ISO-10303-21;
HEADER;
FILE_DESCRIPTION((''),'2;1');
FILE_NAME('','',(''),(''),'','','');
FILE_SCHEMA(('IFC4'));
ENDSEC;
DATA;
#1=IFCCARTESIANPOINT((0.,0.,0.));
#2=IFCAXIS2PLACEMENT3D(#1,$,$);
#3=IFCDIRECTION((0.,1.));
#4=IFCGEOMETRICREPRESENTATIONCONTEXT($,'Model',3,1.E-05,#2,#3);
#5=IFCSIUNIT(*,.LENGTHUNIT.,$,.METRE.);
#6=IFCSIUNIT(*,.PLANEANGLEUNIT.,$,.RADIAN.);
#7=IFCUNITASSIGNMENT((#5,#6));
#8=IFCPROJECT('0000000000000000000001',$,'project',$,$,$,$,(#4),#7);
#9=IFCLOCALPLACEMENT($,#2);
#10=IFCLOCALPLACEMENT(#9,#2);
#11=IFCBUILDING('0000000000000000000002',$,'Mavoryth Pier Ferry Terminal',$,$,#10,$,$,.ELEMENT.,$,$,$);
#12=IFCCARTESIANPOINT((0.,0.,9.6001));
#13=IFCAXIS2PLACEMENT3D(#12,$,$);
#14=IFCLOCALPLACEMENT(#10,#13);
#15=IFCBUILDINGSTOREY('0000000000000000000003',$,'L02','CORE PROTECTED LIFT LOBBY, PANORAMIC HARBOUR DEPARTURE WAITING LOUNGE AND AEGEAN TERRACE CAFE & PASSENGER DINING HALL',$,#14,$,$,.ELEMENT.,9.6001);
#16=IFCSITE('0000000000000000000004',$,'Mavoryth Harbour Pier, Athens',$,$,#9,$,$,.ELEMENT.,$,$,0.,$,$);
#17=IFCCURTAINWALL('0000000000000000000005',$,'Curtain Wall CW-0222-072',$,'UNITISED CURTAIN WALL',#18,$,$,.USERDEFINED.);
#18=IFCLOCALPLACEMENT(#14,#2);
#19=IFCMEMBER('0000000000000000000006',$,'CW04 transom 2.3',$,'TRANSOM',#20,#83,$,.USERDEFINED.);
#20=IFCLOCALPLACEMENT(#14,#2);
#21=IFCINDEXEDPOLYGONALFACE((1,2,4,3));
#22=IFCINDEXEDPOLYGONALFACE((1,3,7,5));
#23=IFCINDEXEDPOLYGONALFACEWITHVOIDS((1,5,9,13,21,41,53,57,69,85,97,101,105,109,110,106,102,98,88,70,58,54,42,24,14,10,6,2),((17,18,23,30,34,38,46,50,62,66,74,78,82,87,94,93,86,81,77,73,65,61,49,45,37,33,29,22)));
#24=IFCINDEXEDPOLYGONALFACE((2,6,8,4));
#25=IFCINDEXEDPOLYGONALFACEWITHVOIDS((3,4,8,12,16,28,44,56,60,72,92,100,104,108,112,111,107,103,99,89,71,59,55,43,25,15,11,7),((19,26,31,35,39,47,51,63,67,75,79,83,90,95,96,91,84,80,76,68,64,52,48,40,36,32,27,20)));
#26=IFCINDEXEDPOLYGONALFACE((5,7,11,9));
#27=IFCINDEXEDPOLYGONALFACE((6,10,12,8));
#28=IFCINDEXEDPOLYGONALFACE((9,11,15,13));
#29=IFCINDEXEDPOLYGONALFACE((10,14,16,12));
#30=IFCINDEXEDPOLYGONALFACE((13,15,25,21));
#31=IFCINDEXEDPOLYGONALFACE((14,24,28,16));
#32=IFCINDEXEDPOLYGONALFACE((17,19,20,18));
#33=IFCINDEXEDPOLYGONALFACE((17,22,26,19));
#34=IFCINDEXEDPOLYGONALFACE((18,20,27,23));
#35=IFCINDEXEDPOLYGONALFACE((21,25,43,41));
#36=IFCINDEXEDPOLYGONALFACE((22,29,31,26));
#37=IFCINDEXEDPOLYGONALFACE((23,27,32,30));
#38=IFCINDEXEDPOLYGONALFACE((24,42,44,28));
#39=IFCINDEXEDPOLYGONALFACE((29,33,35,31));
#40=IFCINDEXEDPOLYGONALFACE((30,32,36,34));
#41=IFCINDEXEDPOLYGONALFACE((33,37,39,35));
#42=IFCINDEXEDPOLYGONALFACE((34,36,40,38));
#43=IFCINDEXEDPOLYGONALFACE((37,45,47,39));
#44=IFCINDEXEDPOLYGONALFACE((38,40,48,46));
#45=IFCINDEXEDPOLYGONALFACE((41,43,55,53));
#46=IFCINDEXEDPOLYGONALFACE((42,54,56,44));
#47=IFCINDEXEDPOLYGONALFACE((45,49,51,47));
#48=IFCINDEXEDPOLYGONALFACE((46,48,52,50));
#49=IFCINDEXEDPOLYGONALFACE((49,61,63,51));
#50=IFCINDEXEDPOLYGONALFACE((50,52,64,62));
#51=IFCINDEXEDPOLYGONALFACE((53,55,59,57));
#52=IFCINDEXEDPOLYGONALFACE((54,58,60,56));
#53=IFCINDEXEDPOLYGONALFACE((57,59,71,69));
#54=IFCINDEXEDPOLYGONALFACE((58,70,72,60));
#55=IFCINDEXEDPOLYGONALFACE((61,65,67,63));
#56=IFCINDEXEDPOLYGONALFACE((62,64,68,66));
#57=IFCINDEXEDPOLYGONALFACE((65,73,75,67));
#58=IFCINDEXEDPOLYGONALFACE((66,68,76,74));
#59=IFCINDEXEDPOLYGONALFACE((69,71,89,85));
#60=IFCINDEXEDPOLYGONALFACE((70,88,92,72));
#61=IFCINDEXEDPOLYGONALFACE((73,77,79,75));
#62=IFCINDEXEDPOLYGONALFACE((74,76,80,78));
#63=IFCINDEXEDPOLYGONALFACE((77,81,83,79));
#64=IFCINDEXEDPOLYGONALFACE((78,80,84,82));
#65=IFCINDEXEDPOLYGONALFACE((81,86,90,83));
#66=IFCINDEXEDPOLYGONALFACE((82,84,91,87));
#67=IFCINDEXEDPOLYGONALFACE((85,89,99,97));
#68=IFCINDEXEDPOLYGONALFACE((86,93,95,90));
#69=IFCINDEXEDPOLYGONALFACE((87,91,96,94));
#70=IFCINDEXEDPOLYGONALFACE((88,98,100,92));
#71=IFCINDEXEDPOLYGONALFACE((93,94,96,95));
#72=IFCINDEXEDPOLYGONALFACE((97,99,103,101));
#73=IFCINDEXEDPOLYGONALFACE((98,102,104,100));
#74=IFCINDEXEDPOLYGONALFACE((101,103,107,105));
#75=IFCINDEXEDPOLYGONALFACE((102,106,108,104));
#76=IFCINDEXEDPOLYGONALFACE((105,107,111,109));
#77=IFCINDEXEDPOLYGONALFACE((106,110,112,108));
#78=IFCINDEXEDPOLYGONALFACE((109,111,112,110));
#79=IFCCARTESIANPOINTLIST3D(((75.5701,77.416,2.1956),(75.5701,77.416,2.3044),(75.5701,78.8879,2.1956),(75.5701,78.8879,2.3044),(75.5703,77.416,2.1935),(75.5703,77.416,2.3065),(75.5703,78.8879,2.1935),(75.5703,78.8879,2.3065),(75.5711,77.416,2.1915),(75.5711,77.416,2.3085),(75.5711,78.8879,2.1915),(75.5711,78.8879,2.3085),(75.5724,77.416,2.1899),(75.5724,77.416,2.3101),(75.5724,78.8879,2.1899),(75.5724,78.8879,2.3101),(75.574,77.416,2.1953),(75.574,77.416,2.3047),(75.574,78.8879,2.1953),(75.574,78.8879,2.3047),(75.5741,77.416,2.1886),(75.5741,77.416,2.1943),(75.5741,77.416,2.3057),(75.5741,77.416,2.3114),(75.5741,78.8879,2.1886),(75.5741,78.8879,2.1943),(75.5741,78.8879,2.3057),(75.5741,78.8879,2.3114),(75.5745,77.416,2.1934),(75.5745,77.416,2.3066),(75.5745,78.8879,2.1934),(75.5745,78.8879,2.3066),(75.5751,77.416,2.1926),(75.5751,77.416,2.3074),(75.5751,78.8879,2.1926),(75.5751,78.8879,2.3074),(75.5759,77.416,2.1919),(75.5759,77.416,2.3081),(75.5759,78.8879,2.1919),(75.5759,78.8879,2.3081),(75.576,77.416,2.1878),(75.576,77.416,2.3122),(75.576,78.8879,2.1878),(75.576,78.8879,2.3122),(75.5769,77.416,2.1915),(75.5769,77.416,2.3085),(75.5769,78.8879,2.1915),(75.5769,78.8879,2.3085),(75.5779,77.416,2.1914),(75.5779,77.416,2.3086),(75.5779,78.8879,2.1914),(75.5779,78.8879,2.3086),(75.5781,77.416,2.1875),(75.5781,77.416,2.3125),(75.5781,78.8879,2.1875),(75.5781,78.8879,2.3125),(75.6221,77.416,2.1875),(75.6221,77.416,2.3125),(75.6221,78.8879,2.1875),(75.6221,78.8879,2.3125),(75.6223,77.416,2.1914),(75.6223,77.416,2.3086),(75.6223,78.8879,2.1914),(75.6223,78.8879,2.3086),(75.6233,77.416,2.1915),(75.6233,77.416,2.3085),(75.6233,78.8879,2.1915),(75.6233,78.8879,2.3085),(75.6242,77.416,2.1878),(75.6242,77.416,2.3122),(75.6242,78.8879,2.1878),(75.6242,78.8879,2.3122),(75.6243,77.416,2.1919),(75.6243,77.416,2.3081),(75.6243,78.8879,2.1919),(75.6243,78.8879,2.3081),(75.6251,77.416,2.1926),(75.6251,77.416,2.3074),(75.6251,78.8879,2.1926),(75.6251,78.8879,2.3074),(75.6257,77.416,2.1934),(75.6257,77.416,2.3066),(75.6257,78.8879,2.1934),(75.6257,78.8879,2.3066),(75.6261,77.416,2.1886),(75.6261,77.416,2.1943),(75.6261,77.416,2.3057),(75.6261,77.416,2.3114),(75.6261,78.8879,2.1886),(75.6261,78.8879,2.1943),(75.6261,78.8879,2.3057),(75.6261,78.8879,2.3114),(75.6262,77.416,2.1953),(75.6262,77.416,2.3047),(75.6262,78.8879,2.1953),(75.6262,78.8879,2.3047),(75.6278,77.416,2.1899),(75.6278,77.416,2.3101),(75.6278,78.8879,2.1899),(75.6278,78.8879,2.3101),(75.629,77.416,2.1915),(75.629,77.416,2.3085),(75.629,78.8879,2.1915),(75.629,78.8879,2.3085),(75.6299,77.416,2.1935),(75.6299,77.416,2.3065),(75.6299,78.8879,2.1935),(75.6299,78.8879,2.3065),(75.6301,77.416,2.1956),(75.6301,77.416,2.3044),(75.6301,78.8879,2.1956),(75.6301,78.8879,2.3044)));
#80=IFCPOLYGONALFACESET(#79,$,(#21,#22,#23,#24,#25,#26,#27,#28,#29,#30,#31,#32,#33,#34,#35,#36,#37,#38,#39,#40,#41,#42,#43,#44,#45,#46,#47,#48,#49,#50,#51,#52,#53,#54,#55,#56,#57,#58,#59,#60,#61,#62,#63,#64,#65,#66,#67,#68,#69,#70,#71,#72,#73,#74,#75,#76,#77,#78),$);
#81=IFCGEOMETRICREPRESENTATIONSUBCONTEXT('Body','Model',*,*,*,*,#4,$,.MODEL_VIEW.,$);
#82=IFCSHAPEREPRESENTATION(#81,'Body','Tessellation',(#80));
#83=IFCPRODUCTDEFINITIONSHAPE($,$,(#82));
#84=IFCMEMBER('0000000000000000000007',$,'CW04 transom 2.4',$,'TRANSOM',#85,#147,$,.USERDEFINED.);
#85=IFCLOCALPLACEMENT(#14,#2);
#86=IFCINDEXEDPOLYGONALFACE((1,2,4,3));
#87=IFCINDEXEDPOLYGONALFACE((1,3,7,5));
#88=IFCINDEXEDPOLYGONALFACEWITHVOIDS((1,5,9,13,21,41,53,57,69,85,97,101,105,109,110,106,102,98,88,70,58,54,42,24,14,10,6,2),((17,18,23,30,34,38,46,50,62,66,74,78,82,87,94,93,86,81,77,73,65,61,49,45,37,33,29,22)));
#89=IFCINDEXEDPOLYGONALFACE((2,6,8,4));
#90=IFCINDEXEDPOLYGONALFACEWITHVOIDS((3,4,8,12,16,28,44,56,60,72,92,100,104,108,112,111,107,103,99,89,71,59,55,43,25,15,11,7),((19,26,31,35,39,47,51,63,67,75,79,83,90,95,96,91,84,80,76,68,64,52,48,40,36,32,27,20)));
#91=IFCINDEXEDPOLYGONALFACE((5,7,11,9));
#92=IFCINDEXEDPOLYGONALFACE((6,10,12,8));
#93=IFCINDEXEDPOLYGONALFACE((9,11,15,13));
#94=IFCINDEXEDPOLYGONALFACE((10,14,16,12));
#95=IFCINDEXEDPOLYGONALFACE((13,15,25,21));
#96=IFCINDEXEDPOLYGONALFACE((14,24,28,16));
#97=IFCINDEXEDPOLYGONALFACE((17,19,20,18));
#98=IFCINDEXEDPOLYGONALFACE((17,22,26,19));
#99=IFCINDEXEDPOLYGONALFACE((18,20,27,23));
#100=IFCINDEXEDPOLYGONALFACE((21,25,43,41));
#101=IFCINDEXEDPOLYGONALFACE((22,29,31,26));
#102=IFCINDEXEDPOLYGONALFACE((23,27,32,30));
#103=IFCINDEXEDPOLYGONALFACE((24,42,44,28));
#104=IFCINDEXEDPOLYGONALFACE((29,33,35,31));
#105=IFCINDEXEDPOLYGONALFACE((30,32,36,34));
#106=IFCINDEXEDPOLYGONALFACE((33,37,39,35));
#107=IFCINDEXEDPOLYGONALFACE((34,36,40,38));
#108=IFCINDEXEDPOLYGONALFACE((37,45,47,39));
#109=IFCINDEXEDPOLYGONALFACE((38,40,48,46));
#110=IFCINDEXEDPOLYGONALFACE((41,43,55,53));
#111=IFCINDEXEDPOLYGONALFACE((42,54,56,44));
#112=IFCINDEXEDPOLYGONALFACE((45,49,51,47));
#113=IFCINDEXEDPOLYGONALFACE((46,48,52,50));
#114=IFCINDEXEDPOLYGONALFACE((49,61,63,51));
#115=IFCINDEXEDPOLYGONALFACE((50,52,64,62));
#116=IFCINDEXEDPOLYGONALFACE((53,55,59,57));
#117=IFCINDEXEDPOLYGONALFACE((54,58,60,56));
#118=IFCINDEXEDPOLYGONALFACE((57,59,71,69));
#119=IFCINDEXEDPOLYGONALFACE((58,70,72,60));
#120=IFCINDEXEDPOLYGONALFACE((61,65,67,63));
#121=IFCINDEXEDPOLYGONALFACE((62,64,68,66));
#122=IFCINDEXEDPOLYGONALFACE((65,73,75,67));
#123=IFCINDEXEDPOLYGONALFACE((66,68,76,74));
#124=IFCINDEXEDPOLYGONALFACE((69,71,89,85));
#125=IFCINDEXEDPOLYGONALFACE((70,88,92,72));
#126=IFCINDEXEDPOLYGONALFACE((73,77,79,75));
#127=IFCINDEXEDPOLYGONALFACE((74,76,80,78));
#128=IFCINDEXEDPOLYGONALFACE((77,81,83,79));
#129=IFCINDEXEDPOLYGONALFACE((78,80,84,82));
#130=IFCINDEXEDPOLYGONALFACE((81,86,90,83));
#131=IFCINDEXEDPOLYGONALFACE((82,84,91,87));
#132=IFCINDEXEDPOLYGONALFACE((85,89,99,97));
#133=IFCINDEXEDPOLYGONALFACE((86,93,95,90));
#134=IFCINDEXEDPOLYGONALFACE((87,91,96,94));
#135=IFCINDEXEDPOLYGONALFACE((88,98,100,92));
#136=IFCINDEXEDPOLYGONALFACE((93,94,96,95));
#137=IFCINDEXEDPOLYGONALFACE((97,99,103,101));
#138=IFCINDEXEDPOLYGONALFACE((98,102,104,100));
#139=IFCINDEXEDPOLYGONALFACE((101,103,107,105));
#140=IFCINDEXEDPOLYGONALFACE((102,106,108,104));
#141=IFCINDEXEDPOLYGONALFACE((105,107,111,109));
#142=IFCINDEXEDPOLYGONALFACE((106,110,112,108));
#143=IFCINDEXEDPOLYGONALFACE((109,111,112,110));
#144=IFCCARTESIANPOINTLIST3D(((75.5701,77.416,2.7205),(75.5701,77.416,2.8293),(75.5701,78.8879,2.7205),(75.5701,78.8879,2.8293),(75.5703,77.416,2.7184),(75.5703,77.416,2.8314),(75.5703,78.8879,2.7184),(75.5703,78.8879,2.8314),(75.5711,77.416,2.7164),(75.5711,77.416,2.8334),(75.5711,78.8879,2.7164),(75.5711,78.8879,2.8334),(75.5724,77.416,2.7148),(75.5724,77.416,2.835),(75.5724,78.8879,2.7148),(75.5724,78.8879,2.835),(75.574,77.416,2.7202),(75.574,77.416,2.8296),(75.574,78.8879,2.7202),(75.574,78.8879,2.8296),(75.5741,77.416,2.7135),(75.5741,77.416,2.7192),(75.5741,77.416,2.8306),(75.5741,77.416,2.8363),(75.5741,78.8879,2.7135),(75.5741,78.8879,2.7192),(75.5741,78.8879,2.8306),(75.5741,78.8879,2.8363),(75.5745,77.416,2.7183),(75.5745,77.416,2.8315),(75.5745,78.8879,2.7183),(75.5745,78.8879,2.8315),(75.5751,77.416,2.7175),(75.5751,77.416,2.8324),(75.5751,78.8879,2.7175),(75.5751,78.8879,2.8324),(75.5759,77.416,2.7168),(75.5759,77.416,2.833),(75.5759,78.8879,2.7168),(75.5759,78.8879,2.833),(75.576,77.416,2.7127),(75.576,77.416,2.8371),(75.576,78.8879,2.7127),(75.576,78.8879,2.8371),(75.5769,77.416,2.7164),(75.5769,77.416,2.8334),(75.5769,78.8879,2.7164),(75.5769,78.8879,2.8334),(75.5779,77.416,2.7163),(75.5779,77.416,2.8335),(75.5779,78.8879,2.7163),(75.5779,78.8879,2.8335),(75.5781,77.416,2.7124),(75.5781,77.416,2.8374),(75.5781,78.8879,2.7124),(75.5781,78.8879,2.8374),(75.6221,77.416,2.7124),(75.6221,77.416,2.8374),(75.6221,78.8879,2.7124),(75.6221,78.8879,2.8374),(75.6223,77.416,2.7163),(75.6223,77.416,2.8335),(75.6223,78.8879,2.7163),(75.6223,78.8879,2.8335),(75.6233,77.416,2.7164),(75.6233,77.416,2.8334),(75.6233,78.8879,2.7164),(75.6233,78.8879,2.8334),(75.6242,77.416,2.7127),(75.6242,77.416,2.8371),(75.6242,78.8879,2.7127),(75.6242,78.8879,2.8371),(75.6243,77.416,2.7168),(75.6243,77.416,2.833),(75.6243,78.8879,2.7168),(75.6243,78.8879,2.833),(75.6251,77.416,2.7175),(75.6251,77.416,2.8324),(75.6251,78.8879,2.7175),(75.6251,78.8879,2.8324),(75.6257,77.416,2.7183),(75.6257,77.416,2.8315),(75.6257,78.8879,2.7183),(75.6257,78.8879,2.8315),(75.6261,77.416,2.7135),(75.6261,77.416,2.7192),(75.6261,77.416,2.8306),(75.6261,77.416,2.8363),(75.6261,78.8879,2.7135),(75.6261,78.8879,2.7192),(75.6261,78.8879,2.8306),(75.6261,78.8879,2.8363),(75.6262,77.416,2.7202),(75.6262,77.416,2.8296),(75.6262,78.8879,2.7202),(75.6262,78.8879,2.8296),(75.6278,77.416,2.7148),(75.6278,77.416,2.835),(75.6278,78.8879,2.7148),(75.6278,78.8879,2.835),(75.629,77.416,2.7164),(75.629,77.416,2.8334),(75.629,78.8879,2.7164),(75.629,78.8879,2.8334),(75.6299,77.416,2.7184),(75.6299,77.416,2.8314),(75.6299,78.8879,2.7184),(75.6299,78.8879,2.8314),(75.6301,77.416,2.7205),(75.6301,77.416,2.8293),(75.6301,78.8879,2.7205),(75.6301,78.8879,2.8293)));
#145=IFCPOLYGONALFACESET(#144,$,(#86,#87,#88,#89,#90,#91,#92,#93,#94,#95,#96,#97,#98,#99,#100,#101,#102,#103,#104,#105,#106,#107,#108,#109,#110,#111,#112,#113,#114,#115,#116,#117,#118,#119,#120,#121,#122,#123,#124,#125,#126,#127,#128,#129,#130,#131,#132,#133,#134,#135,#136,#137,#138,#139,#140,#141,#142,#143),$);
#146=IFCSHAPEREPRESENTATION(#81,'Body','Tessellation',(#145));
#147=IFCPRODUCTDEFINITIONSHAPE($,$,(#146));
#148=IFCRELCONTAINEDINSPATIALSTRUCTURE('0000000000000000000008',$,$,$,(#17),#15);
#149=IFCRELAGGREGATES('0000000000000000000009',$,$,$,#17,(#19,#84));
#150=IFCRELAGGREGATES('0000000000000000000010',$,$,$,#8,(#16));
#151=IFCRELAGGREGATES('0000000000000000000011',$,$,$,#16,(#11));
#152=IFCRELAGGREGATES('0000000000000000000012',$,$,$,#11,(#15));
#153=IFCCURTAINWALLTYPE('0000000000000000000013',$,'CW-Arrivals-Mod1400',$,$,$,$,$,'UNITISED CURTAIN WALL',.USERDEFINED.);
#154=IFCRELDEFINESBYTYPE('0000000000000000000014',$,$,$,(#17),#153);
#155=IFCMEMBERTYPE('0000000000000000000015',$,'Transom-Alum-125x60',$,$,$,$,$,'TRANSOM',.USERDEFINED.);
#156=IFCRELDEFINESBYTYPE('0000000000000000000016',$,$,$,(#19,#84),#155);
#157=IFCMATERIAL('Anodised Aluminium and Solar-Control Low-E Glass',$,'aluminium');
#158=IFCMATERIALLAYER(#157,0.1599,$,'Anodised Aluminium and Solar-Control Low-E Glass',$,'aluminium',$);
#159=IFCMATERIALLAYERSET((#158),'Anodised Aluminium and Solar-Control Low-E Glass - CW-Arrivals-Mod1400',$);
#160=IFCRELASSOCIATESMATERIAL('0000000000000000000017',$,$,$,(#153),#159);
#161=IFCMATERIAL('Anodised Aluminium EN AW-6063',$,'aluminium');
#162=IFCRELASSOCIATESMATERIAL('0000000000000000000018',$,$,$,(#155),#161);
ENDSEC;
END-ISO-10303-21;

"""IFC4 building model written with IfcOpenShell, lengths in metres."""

from ifc_helpers import new_model, si_unit, direction, frame, origin, origin_2d, place, context, subcontext, project, spatial, hollow_rectangle, extrude, material, layer, layer_set, material_profile, profile_set, type_object, element, aggregate, save


model = new_model("IFC4")

# Units and contexts
model_context = context("Model", 3, precision=1e-05, world=origin(), true_north=direction((0.0, 1.0)))
body_context = subcontext(model_context, "Body", "Model", "MODEL_VIEW")
ifc_project = project(units=[si_unit("LENGTHUNIT", "METRE"), si_unit("PLANEANGLEUNIT", "RADIAN")], contexts=[model_context])

# Site, building, storey
site_placement = place(None, origin())
site = spatial("IfcSite", under=ifc_project, at=site_placement, Name="Mavoryth Harbour Pier, Athens", CompositionType="ELEMENT", RefElevation=0.0)
building_placement = place(site_placement, origin())
building = spatial("IfcBuilding", under=site, at=building_placement, Name="Mavoryth Pier Ferry Terminal", CompositionType="ELEMENT")
storey_placement = place(building_placement, frame((0.0, 0.0, 9.6001)))
storey = spatial("IfcBuildingStorey", under=building, at=storey_placement, Name="L02", Description="CORE PROTECTED LIFT LOBBY, PANORAMIC HARBOUR DEPARTURE WAITING LOUNGE AND AEGEAN TERRACE CAFE & PASSENGER DINING HALL", CompositionType="ELEMENT", Elevation=9.6001)

# Curtain wall
ifc_material_1 = material(Name="Anodised Aluminium and Solar-Control Low-E Glass", Category="aluminium")
ifc_layer_1 = layer(ifc_material_1, 0.1599, Name="Anodised Aluminium and Solar-Control Low-E Glass", Category="aluminium")
ifc_layer_set_1 = layer_set([ifc_layer_1], Name="Anodised Aluminium and Solar-Control Low-E Glass - CW-Arrivals-Mod1400")
curtain_wall_type = type_object("IfcCurtainWallType", Name="CW-Arrivals-Mod1400", ElementType="UNITISED CURTAIN WALL", PredefinedType="USERDEFINED", material=ifc_layer_set_1)
curtain_wall_placement = place(storey_placement, origin())
curtain_wall = element("IfcCurtainWall", 1, at=curtain_wall_placement, inside=storey, type_object=curtain_wall_type, Name="Curtain Wall CW-0222-072", ObjectType="UNITISED CURTAIN WALL", PredefinedType="USERDEFINED")
ifc_material_2 = material(Name="Anodised Aluminium EN AW-6063", Category="aluminium")

# Members
ifc_material_profile_1 = material_profile(ifc_material_2, hollow_rectangle(XDim=0.0601, YDim=0.125, WallThickness=0.0039, InnerFilletRadius=0.0039, OuterFilletRadius=0.0081, at=origin_2d()), Name="AL-TRAN 125x60x4", Category="aluminium")
ifc_profile_set_1 = profile_set([ifc_material_profile_1], Name="Anodised Aluminium EN AW-6063 - AL-TRAN 125x60x4")
member_type_1 = type_object("IfcMemberType", Name="Transom-Alum-125x60", ElementType="TRANSOM", PredefinedType="USERDEFINED", material=ifc_profile_set_1)
member_1_placement = place(storey_placement, frame((75.6001, 78.8879, 2.25), z_axis=(0.0, -1.0, 0.0), x_axis=(1.0, 0.0, 0.0)))
member_1 = element("IfcMember", 2, at=member_1_placement, type_object=member_type_1, Name="CW04 transom 2.3", ObjectType="TRANSOM", PredefinedType="USERDEFINED", context=body_context, shape_type="SweptSolid", body=[
    extrude(hollow_rectangle(XDim=0.0601, YDim=0.125, WallThickness=0.0039, InnerFilletRadius=0.0039, OuterFilletRadius=0.0081, at=origin_2d()), origin(), (0.0, 0.0, 1.0), 1.4719),
])
member_2_placement = place(storey_placement, frame((75.6001, 78.8879, 2.7749), z_axis=(0.0, -1.0, 0.0), x_axis=(1.0, 0.0, 0.0)))
member_2 = element("IfcMember", 3, at=member_2_placement, type_object=member_type_1, Name="CW04 transom 2.4", ObjectType="TRANSOM", PredefinedType="USERDEFINED", context=body_context, shape_type="SweptSolid", body=[
    extrude(hollow_rectangle(XDim=0.0601, YDim=0.125, WallThickness=0.0039, InnerFilletRadius=0.0039, OuterFilletRadius=0.0081, at=origin_2d()), origin(), (0.0, 0.0, 1.0), 1.4719),
])

aggregate(curtain_wall, [member_1, member_2])

save(model, "model.ifc")
